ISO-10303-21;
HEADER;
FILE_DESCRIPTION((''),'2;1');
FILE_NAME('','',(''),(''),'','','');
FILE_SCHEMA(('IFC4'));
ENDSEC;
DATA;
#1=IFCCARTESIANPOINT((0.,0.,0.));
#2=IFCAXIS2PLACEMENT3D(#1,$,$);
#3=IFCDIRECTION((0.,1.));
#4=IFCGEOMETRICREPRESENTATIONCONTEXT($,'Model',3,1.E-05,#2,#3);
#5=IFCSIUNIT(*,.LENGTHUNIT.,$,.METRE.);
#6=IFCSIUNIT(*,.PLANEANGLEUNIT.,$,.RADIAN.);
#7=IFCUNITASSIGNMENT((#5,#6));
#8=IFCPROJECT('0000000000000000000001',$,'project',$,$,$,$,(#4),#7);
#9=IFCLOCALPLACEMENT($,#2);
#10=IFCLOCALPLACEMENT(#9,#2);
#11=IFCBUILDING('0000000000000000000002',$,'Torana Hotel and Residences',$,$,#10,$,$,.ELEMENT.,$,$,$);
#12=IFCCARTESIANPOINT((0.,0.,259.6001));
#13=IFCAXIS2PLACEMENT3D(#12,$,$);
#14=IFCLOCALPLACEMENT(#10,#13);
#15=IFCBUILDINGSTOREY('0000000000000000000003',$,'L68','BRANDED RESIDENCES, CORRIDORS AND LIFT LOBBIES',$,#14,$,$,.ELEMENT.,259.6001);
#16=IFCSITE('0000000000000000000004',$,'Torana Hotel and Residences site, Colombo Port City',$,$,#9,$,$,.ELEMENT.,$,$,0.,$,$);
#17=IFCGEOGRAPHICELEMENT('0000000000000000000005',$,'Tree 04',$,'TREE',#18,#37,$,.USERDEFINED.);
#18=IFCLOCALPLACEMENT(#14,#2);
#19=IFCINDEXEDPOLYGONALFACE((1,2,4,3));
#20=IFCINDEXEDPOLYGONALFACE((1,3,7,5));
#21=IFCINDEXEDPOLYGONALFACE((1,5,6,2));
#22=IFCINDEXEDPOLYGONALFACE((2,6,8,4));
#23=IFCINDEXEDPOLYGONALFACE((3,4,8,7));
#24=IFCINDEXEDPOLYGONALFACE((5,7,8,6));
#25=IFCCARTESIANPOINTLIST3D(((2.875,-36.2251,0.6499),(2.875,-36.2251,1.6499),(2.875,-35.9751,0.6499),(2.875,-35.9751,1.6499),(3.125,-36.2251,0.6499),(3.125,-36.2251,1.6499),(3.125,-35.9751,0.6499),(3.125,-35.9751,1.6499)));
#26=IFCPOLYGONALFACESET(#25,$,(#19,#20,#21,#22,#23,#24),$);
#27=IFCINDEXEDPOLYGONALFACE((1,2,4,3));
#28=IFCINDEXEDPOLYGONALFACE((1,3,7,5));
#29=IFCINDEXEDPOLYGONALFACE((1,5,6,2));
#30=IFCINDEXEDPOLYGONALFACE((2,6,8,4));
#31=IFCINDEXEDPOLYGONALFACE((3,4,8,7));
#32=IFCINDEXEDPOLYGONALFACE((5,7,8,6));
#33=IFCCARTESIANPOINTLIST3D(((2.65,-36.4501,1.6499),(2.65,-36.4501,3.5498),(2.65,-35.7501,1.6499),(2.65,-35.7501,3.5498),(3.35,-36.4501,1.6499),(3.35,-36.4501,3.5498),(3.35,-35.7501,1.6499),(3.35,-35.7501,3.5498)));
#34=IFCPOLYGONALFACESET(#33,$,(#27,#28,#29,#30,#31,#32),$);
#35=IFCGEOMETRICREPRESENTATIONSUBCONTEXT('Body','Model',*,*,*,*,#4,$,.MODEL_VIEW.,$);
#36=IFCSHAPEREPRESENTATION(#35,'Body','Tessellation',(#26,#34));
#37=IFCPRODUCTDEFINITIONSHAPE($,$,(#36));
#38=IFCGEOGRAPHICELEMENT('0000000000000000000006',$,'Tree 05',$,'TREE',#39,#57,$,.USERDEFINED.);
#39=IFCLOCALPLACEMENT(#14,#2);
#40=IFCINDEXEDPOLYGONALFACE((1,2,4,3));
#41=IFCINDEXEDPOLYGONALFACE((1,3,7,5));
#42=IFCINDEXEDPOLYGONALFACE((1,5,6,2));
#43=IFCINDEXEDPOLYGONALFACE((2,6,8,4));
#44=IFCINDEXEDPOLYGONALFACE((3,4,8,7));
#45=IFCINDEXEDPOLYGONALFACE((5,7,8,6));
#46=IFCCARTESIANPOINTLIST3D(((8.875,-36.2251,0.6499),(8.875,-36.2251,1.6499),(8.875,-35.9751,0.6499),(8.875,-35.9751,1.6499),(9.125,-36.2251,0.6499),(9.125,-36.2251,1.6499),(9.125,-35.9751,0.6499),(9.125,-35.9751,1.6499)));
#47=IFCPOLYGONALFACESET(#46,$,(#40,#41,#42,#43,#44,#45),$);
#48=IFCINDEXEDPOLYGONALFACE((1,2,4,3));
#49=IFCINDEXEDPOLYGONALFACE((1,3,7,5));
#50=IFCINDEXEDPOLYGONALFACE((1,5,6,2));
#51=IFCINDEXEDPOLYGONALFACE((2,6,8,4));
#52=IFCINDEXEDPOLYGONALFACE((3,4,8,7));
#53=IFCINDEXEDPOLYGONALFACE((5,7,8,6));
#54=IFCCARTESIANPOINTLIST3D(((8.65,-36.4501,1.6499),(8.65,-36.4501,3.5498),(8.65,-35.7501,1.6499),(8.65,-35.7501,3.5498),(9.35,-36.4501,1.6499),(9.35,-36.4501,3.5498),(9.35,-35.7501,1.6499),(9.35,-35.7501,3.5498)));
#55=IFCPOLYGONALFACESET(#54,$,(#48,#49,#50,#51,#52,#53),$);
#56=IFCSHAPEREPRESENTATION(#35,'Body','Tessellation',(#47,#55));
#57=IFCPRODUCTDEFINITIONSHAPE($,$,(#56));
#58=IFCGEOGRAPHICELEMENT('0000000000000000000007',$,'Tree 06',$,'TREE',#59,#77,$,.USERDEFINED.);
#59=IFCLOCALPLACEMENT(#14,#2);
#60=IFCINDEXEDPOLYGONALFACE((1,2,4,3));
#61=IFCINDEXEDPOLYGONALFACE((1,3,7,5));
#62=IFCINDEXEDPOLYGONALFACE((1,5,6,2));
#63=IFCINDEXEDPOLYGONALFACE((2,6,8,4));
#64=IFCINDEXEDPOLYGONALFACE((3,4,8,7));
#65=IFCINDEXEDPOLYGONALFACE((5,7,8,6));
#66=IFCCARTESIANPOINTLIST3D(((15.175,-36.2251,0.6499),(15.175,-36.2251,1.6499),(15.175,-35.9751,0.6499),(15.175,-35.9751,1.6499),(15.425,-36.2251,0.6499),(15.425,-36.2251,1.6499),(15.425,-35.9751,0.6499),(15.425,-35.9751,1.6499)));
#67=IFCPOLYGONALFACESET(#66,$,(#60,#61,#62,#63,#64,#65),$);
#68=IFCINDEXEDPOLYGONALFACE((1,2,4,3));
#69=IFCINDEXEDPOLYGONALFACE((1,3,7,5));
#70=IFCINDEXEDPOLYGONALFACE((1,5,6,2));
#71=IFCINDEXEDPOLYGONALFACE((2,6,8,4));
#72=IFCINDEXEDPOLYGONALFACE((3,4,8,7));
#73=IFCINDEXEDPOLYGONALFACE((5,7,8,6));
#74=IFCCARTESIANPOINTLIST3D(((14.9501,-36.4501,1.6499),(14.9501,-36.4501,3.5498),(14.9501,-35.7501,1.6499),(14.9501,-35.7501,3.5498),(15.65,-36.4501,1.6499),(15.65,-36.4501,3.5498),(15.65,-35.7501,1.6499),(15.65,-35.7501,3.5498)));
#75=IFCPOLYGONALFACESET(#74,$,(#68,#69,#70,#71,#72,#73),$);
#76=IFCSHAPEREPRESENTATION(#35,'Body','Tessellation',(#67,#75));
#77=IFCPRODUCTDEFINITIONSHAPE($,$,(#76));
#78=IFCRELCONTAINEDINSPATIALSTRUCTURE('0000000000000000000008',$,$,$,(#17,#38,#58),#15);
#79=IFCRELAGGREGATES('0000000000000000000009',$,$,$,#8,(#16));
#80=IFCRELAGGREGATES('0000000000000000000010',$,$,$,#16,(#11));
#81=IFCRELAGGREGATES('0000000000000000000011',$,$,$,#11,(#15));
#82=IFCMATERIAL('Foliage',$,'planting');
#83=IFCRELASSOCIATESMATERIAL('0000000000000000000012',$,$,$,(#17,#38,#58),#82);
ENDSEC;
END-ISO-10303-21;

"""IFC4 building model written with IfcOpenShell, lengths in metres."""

from ifc_helpers import new_model, si_unit, direction, frame, origin, origin_2d, place, context, subcontext, project, spatial, rectangle, extrude, material, element, save


model = new_model("IFC4")

# Units and contexts
model_context = context("Model", 3, precision=1e-05, world=origin(), true_north=direction((0.0, 1.0)))
body_context = subcontext(model_context, "Body", "Model", "MODEL_VIEW")
ifc_project = project(units=[si_unit("LENGTHUNIT", "METRE"), si_unit("PLANEANGLEUNIT", "RADIAN")], contexts=[model_context])

# Site, building, storey
site_placement = place(None, origin())
site = spatial("IfcSite", under=ifc_project, at=site_placement, Name="Torana Hotel and Residences site, Colombo Port City", CompositionType="ELEMENT", RefElevation=0.0)
building_placement = place(site_placement, origin())
building = spatial("IfcBuilding", under=site, at=building_placement, Name="Torana Hotel and Residences", CompositionType="ELEMENT")
storey_placement = place(building_placement, frame((0.0, 0.0, 259.6001)))
storey = spatial("IfcBuildingStorey", under=building, at=storey_placement, Name="L68", Description="BRANDED RESIDENCES, CORRIDORS AND LIFT LOBBIES", CompositionType="ELEMENT", Elevation=259.6001)

# Geographic elements
ifc_material_1 = material(Name="Foliage", Category="planting")
for number, where, z_axis, x_axis, name in (
    (1, (3.0, -36.1001, 0.6499), (0.0, 0.0, 1.0), (1.0, 0.0, 0.0), "Tree 04"),
    (2, (9.0, -36.1001, 0.6499), (0.0, 0.0, 1.0), (1.0, 0.0, 0.0), "Tree 05"),
    (3, (15.3, -36.1001, 0.6499), (0.0, 0.0, 1.0), (1.0, 0.0, 0.0), "Tree 06"),
):
    element("IfcGeographicElement", number, at=place(storey_placement, frame(where, z_axis=z_axis, x_axis=x_axis)), inside=storey, material=ifc_material_1, Name=name, ObjectType="TREE", PredefinedType="USERDEFINED", context=body_context, shape_type="SweptSolid", body=[
        extrude(rectangle(XDim=0.25, YDim=0.25, at=origin_2d()), origin(), (0.0, 0.0, 1.0), 1.0),
        extrude(rectangle(XDim=0.7, YDim=0.7, at=origin_2d()), frame((0.0, 0.0, 1.0)), (0.0, 0.0, 1.0), 1.8999),
    ])

save(model, "model.ifc")
